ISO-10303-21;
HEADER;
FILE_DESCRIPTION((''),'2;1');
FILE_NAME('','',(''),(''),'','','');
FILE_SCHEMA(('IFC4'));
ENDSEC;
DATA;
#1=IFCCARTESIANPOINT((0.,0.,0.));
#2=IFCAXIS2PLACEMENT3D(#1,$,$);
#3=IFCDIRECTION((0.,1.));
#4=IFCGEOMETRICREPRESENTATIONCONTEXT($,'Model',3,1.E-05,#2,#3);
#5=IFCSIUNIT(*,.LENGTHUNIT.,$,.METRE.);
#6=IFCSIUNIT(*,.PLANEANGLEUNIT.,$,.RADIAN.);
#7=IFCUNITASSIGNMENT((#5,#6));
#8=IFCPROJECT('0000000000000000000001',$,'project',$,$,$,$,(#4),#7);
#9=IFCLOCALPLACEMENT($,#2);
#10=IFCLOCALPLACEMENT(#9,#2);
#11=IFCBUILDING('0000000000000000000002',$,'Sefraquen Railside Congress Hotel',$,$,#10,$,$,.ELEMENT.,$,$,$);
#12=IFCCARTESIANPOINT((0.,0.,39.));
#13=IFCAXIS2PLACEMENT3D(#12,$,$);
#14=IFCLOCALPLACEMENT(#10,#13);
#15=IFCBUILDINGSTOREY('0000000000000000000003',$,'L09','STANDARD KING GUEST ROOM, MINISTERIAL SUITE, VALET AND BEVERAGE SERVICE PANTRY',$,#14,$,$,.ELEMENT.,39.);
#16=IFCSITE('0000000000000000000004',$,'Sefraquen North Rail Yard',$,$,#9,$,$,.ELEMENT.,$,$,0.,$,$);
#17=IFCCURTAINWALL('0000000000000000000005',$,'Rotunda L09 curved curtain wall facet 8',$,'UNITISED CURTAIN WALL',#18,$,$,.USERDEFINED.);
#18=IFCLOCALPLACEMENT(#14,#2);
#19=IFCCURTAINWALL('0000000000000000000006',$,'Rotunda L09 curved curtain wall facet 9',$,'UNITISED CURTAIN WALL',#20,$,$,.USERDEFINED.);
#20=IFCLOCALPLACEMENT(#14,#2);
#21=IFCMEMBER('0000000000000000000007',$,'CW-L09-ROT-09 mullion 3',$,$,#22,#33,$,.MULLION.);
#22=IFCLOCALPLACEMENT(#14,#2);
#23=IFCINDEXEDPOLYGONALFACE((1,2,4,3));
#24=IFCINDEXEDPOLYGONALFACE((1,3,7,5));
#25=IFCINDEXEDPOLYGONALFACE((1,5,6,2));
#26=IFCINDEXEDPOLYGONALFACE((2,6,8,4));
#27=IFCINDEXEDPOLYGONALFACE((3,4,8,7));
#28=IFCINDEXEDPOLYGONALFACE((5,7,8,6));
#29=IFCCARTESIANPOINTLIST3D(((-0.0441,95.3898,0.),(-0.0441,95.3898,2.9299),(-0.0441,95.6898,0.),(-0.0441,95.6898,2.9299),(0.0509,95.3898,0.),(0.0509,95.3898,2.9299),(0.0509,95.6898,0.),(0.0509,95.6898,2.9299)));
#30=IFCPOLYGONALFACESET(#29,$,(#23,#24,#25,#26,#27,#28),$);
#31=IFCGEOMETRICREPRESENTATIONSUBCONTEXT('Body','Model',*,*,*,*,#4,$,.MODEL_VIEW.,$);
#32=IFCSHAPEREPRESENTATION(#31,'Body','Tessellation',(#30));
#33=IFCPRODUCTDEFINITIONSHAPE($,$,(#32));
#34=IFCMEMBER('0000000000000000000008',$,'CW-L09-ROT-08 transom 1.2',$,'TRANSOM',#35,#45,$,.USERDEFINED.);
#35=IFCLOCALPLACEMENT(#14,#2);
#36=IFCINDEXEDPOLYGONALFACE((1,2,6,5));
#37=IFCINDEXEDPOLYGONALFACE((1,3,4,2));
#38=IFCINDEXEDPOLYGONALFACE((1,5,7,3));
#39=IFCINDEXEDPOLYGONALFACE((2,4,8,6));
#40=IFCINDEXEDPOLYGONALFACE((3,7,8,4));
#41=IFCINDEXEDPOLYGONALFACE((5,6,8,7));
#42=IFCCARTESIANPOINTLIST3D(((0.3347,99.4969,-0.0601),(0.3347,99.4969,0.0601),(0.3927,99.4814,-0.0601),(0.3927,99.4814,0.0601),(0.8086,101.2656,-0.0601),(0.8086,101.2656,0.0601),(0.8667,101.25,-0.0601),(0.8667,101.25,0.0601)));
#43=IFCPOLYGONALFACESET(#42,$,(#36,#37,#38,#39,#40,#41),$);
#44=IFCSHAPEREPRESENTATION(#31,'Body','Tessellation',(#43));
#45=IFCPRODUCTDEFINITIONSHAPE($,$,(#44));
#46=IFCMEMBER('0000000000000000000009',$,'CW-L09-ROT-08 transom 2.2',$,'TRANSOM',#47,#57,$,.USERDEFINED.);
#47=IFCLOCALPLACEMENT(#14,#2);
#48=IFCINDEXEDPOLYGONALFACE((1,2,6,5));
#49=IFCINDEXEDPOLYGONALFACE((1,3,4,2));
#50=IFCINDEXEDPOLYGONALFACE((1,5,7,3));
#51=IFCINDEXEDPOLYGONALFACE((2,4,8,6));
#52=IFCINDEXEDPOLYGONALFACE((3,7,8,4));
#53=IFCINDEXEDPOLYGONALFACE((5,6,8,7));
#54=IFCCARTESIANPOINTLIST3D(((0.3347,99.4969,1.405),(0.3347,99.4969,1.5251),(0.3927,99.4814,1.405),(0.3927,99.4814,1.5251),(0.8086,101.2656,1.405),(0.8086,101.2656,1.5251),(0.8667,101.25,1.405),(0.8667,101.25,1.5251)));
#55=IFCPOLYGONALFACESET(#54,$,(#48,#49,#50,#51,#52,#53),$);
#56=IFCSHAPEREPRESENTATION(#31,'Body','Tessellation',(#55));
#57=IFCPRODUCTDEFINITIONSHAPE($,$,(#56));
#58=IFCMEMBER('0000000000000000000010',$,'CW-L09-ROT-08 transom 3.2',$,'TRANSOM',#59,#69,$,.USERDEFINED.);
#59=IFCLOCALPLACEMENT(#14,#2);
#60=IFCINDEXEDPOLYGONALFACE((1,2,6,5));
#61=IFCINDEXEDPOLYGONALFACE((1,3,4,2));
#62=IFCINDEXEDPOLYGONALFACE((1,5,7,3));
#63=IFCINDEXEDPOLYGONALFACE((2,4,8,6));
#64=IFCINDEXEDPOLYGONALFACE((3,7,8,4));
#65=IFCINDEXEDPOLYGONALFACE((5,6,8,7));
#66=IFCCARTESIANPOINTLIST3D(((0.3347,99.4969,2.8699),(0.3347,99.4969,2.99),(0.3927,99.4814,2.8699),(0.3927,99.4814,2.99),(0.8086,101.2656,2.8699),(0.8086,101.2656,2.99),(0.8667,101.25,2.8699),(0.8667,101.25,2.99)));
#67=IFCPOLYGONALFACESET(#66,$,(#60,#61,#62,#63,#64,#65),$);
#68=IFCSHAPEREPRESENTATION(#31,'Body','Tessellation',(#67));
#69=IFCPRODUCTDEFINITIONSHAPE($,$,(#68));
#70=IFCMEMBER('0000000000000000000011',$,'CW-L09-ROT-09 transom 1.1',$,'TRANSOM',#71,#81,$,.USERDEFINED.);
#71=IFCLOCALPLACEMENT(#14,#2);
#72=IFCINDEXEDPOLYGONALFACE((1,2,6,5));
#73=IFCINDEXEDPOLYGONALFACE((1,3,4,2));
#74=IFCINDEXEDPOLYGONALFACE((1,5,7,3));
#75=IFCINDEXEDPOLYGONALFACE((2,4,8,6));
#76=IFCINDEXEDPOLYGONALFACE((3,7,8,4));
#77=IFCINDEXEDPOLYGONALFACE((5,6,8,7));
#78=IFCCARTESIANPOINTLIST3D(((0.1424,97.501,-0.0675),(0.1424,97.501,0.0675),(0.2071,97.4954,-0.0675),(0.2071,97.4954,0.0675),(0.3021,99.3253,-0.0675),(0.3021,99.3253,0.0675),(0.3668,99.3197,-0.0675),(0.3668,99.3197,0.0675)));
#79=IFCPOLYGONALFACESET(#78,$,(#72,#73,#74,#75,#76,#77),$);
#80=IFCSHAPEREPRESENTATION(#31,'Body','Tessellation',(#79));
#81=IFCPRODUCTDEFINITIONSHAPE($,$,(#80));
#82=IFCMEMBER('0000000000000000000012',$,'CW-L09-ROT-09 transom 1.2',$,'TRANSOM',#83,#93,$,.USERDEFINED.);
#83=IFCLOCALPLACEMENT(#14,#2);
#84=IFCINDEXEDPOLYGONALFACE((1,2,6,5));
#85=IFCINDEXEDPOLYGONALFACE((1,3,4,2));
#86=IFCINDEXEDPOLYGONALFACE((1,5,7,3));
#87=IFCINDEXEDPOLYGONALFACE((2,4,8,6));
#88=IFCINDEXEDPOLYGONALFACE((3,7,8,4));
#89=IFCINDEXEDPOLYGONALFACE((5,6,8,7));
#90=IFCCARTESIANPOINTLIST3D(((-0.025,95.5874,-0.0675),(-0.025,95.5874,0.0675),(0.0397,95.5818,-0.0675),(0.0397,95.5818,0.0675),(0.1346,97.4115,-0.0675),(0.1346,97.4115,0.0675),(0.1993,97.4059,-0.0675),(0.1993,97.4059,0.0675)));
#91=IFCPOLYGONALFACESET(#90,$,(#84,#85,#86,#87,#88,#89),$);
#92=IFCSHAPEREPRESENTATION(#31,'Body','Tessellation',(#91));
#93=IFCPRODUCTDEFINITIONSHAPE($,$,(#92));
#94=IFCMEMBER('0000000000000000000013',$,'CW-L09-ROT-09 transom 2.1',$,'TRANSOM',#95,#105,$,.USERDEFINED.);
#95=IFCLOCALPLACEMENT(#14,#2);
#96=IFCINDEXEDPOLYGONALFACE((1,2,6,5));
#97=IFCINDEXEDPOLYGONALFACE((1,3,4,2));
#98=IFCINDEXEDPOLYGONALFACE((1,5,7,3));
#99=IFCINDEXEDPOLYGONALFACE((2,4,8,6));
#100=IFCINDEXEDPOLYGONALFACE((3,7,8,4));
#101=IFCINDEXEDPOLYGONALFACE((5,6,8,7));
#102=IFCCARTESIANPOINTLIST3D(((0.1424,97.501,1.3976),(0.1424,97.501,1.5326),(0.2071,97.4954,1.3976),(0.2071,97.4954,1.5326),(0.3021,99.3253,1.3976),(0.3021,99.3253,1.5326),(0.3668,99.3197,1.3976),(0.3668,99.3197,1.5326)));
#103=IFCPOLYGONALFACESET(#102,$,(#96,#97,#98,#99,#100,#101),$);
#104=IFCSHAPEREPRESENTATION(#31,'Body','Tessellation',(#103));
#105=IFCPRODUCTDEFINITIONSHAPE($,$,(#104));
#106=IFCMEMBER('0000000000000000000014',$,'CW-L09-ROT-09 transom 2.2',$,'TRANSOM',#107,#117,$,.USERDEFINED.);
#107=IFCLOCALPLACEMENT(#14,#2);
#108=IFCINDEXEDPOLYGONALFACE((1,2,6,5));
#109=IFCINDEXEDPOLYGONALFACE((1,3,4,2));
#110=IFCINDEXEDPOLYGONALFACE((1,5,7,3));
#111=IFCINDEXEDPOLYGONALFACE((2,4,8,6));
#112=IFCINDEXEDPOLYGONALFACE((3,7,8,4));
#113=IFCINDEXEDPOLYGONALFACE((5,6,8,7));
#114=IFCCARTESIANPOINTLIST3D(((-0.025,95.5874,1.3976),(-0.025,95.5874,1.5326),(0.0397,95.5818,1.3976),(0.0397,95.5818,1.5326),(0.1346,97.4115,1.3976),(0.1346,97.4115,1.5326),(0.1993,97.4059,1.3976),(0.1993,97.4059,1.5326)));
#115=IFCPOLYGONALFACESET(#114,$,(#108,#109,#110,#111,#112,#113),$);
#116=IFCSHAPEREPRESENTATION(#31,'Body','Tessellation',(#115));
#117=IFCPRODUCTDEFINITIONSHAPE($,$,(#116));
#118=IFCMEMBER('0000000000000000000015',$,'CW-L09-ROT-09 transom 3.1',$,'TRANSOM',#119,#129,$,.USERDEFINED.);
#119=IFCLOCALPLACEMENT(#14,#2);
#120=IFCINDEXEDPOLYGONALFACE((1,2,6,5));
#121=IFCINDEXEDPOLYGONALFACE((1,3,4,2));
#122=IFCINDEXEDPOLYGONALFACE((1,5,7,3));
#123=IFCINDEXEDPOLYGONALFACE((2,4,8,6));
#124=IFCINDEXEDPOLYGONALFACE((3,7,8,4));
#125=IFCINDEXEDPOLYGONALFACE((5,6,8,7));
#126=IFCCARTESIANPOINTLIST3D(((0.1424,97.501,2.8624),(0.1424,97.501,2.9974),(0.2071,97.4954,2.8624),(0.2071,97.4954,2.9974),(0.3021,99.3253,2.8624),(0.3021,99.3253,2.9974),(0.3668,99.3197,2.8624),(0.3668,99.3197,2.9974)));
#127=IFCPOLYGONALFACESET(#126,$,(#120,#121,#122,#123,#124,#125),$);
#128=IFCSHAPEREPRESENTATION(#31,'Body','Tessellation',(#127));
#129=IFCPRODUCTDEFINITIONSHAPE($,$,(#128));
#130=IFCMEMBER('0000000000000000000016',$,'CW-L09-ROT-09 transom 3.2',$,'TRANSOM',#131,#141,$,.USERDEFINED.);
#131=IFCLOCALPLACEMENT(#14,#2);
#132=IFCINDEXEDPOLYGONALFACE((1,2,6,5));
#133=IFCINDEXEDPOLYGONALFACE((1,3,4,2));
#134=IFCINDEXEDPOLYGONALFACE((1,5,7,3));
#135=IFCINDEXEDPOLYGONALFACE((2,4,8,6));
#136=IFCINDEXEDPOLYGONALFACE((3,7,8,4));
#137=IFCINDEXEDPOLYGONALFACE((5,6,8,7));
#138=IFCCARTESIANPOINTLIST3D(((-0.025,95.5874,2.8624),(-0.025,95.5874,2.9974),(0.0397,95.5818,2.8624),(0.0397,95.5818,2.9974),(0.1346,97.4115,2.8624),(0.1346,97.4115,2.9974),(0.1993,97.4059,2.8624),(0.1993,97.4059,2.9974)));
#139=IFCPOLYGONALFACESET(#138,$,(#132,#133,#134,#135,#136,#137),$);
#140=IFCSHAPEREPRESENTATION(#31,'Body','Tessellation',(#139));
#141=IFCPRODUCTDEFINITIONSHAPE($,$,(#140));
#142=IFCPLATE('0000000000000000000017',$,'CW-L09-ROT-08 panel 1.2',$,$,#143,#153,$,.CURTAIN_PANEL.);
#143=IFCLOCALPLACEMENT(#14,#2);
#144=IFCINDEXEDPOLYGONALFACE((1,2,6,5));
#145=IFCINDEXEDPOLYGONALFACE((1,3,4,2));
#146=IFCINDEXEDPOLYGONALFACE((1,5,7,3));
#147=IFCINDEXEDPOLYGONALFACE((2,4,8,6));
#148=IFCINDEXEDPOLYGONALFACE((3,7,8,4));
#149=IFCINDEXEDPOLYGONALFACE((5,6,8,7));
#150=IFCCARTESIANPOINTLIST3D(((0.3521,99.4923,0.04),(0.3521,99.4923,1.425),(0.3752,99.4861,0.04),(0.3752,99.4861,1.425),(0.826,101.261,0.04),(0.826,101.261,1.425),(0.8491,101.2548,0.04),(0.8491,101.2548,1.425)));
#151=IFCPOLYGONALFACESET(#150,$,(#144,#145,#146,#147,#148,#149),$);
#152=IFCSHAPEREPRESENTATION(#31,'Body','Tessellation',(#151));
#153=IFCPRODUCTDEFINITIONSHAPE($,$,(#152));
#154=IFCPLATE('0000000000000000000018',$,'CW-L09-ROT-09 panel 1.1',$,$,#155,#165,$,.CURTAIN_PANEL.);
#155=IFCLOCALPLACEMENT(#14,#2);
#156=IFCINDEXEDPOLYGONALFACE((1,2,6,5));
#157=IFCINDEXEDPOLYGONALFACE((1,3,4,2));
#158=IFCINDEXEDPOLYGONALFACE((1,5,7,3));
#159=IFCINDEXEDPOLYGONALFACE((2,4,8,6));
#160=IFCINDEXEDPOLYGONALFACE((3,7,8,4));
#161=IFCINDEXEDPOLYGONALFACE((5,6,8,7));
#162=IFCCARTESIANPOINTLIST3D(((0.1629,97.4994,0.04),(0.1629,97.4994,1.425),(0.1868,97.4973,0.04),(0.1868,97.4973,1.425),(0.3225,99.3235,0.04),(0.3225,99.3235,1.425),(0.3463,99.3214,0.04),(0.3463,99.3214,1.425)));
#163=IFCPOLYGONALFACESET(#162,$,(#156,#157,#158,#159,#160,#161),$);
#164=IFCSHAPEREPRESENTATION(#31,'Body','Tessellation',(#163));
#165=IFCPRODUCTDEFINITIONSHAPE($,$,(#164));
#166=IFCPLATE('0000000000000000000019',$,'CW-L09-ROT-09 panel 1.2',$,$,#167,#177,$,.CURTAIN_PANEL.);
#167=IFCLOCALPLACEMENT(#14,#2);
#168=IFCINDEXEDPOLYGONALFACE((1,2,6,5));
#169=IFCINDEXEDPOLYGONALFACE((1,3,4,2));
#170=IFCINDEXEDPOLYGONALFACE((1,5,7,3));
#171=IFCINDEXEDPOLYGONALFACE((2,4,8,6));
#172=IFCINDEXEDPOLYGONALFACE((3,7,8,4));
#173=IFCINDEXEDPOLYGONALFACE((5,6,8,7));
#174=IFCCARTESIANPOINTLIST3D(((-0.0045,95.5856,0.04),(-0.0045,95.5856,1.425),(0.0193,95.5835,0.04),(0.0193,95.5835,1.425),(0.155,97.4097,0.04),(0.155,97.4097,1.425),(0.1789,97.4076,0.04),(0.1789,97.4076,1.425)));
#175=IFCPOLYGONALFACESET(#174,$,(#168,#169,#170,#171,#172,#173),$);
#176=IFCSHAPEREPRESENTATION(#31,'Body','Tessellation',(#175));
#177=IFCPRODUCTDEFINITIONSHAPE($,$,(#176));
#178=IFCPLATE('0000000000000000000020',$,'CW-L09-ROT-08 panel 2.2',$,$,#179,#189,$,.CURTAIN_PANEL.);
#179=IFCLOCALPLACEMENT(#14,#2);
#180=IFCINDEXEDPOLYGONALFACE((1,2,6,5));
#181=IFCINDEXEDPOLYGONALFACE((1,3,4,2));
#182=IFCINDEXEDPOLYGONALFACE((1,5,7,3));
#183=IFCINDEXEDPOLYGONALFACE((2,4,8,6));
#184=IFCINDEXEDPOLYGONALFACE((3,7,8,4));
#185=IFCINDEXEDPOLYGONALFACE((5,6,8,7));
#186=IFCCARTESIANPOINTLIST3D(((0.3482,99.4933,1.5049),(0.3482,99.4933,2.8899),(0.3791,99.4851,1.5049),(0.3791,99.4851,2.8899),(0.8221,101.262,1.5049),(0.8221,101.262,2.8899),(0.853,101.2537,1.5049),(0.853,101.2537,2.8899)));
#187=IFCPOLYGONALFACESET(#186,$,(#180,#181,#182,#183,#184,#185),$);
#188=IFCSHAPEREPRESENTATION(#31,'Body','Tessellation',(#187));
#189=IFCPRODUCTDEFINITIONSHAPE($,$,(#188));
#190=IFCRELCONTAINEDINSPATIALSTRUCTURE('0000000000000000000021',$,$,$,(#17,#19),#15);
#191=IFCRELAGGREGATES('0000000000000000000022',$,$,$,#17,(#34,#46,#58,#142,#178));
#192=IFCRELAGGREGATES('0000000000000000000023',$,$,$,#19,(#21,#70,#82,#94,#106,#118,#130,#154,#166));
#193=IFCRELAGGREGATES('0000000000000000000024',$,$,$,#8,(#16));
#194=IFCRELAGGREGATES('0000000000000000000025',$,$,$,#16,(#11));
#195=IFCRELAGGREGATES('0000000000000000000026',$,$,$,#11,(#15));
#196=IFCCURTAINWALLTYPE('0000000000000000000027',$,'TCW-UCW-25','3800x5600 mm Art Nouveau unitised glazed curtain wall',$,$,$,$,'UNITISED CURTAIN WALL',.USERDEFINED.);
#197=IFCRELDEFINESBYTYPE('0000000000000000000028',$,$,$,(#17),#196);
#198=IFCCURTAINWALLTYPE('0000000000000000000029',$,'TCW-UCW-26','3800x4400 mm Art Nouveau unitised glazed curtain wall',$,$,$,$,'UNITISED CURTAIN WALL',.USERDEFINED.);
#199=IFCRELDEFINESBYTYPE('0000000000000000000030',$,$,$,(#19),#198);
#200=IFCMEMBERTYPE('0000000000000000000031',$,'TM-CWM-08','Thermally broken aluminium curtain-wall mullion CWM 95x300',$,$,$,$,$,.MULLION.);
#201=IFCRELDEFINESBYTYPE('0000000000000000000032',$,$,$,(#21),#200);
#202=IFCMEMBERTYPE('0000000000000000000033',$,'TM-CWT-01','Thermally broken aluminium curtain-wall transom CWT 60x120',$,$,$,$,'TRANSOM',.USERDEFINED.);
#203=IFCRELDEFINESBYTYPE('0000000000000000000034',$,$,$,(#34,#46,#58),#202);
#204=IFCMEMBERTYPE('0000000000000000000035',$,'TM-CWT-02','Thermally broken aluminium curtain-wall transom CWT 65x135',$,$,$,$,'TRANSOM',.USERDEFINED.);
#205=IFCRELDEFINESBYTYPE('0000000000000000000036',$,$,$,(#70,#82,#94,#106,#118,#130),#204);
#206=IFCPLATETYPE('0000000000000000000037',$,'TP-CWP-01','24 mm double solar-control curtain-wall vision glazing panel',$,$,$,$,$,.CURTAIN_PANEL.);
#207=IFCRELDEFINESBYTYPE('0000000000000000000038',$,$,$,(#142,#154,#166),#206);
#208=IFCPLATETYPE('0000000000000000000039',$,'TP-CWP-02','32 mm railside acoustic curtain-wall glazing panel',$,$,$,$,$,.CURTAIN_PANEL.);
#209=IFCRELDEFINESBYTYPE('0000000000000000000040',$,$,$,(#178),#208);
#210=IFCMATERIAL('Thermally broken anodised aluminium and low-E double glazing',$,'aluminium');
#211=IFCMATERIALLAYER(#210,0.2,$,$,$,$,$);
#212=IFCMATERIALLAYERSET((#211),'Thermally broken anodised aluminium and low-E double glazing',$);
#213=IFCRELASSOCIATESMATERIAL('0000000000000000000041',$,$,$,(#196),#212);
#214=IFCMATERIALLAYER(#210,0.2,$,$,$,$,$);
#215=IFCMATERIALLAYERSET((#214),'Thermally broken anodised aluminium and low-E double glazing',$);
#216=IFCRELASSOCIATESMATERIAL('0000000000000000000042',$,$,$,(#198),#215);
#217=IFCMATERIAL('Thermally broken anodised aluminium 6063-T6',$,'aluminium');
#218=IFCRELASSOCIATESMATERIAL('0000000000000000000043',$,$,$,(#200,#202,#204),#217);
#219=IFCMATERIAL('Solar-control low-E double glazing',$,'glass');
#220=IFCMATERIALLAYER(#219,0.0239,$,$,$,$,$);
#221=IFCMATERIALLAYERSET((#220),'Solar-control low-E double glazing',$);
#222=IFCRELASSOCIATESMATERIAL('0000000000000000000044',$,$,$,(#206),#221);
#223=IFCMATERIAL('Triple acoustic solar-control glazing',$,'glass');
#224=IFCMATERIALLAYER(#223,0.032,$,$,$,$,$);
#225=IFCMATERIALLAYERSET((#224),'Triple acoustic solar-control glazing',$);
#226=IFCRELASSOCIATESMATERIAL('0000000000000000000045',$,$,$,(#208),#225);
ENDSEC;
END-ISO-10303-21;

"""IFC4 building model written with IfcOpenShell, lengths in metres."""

from ifc_helpers import new_model, si_unit, direction, frame, origin, origin_2d, place, context, subcontext, project, spatial, rectangle, extrude, material, layer, layer_set, material_profile, profile_set, type_object, element, aggregate, save


model = new_model("IFC4")

# Units and contexts
model_context = context("Model", 3, precision=1e-05, world=origin(), true_north=direction((0.0, 1.0)))
body_context = subcontext(model_context, "Body", "Model", "MODEL_VIEW")
ifc_project = project(units=[si_unit("LENGTHUNIT", "METRE"), si_unit("PLANEANGLEUNIT", "RADIAN")], contexts=[model_context])

# Site, building, storey
site_placement = place(None, origin())
site = spatial("IfcSite", under=ifc_project, at=site_placement, Name="Sefraquen North Rail Yard", CompositionType="ELEMENT", RefElevation=0.0)
building_placement = place(site_placement, origin())
building = spatial("IfcBuilding", under=site, at=building_placement, Name="Sefraquen Railside Congress Hotel", CompositionType="ELEMENT")
storey_placement = place(building_placement, frame((0.0, 0.0, 39.0)))
storey = spatial("IfcBuildingStorey", under=building, at=storey_placement, Name="L09", Description="STANDARD KING GUEST ROOM, MINISTERIAL SUITE, VALET AND BEVERAGE SERVICE PANTRY", CompositionType="ELEMENT", Elevation=39.0)

# Curtain walls
ifc_material_1 = material(Name="Thermally broken anodised aluminium and low-E double glazing", Category="aluminium")
ifc_layer_1 = layer(ifc_material_1, 0.2)
ifc_layer_set_1 = layer_set([ifc_layer_1], Name="Thermally broken anodised aluminium and low-E double glazing")
curtain_wall_type_1 = type_object("IfcCurtainWallType", Name="TCW-UCW-25", Description="3800x5600 mm Art Nouveau unitised glazed curtain wall", ElementType="UNITISED CURTAIN WALL", PredefinedType="USERDEFINED", material=ifc_layer_set_1)
curtain_wall_1_placement = place(storey_placement, origin())
curtain_wall_1 = element("IfcCurtainWall", 1, at=curtain_wall_1_placement, inside=storey, type_object=curtain_wall_type_1, Name="Rotunda L09 curved curtain wall facet 8", ObjectType="UNITISED CURTAIN WALL", PredefinedType="USERDEFINED")
ifc_material_2 = material(Name="Thermally broken anodised aluminium 6063-T6", Category="aluminium")
ifc_layer_2 = layer(ifc_material_1, 0.2)
ifc_layer_set_2 = layer_set([ifc_layer_2], Name="Thermally broken anodised aluminium and low-E double glazing")
curtain_wall_type_2 = type_object("IfcCurtainWallType", Name="TCW-UCW-26", Description="3800x4400 mm Art Nouveau unitised glazed curtain wall", ElementType="UNITISED CURTAIN WALL", PredefinedType="USERDEFINED", material=ifc_layer_set_2)
curtain_wall_2_placement = place(storey_placement, origin())
curtain_wall_2 = element("IfcCurtainWall", 2, at=curtain_wall_2_placement, inside=storey, type_object=curtain_wall_type_2, Name="Rotunda L09 curved curtain wall facet 9", ObjectType="UNITISED CURTAIN WALL", PredefinedType="USERDEFINED")

# Members
ifc_material_profile_1 = material_profile(ifc_material_2, rectangle(XDim=0.095, YDim=0.3, at=origin_2d()), Name="CWM 95x300")
ifc_profile_set_1 = profile_set([ifc_material_profile_1], Name="Thermally broken anodised aluminium 6063-T6")
member_type_1 = type_object("IfcMemberType", Name="TM-CWM-08", Description="Thermally broken aluminium curtain-wall mullion CWM 95x300", PredefinedType="MULLION", material=ifc_profile_set_1)
member_1_placement = place(storey_placement, frame((0.0034, 95.5398, 0.0), z_axis=(0.0, 0.0, 1.0), x_axis=(1.0, 0.0, 0.0)))
member_1 = element("IfcMember", 3, at=member_1_placement, type_object=member_type_1, Name="CW-L09-ROT-09 mullion 3", PredefinedType="MULLION", context=body_context, shape_type="SweptSolid", body=[
    extrude(rectangle(XDim=0.095, YDim=0.3, at=origin_2d()), origin(), (0.0, 0.0, 1.0), 2.9299),
])
ifc_material_profile_2 = material_profile(ifc_material_2, rectangle(XDim=0.0601, YDim=0.1201, at=origin_2d()), Name="CWT 60x120")
ifc_profile_set_2 = profile_set([ifc_material_profile_2], Name="Thermally broken anodised aluminium 6063-T6")
member_type_2 = type_object("IfcMemberType", Name="TM-CWT-01", Description="Thermally broken aluminium curtain-wall transom CWT 60x120", ElementType="TRANSOM", PredefinedType="USERDEFINED", material=ifc_profile_set_2)
member_2_placement = place(storey_placement, frame((0.8376, 101.2578, 0.0), z_axis=(-0.258816, -0.965927, 0.0), x_axis=(0.965927, -0.258816, 0.0)))
member_2 = element("IfcMember", 4, at=member_2_placement, type_object=member_type_2, Name="CW-L09-ROT-08 transom 1.2", ObjectType="TRANSOM", PredefinedType="USERDEFINED", context=body_context, shape_type="SweptSolid", body=[
    extrude(rectangle(XDim=0.0601, YDim=0.1201, at=origin_2d()), origin(), (0.0, 0.0, 1.0), 1.8311),
])
member_3_placement = place(storey_placement, frame((0.8376, 101.2578, 1.4651), z_axis=(-0.258816, -0.965927, 0.0), x_axis=(0.965927, -0.258816, 0.0)))
member_3 = element("IfcMember", 5, at=member_3_placement, type_object=member_type_2, Name="CW-L09-ROT-08 transom 2.2", ObjectType="TRANSOM", PredefinedType="USERDEFINED", context=body_context, shape_type="SweptSolid", body=[
    extrude(rectangle(XDim=0.0601, YDim=0.1201, at=origin_2d()), origin(), (0.0, 0.0, 1.0), 1.8311),
])
member_4_placement = place(storey_placement, frame((0.8376, 101.2578, 2.9299), z_axis=(-0.258816, -0.965927, 0.0), x_axis=(0.965927, -0.258816, 0.0)))
member_4 = element("IfcMember", 6, at=member_4_placement, type_object=member_type_2, Name="CW-L09-ROT-08 transom 3.2", ObjectType="TRANSOM", PredefinedType="USERDEFINED", context=body_context, shape_type="SweptSolid", body=[
    extrude(rectangle(XDim=0.0601, YDim=0.1201, at=origin_2d()), origin(), (0.0, 0.0, 1.0), 1.8311),
])
ifc_material_profile_3 = material_profile(ifc_material_2, rectangle(XDim=0.0649, YDim=0.135, at=origin_2d()), Name="CWT 65x135")
ifc_profile_set_3 = profile_set([ifc_material_profile_3], Name="Thermally broken anodised aluminium 6063-T6")
member_type_3 = type_object("IfcMemberType", Name="TM-CWT-02", Description="Thermally broken aluminium curtain-wall transom CWT 65x135", ElementType="TRANSOM", PredefinedType="USERDEFINED", material=ifc_profile_set_3)
member_5_placement = place(storey_placement, frame((0.3345, 99.3225, 0.0), z_axis=(-0.087193, -0.996191, 0.0), x_axis=(0.996191, -0.087193, 0.0)))
member_5 = element("IfcMember", 7, at=member_5_placement, type_object=member_type_3, Name="CW-L09-ROT-09 transom 1.1", ObjectType="TRANSOM", PredefinedType="USERDEFINED", context=body_context, shape_type="SweptSolid", body=[
    extrude(rectangle(XDim=0.0649, YDim=0.135, at=origin_2d()), origin(), (0.0, 0.0, 1.0), 1.8313),
])
member_6_placement = place(storey_placement, frame((0.167, 97.4087, 0.0), z_axis=(-0.087205, -0.99619, 0.0), x_axis=(0.99619, -0.087205, 0.0)))
member_6 = element("IfcMember", 8, at=member_6_placement, type_object=member_type_3, Name="CW-L09-ROT-09 transom 1.2", ObjectType="TRANSOM", PredefinedType="USERDEFINED", context=body_context, shape_type="SweptSolid", body=[
    extrude(rectangle(XDim=0.0649, YDim=0.135, at=origin_2d()), origin(), (0.0, 0.0, 1.0), 1.8311),
])
member_7_placement = place(storey_placement, frame((0.3345, 99.3225, 1.4651), z_axis=(-0.087193, -0.996191, 0.0), x_axis=(0.996191, -0.087193, 0.0)))
member_7 = element("IfcMember", 9, at=member_7_placement, type_object=member_type_3, Name="CW-L09-ROT-09 transom 2.1", ObjectType="TRANSOM", PredefinedType="USERDEFINED", context=body_context, shape_type="SweptSolid", body=[
    extrude(rectangle(XDim=0.0649, YDim=0.135, at=origin_2d()), origin(), (0.0, 0.0, 1.0), 1.8313),
])
member_8_placement = place(storey_placement, frame((0.167, 97.4087, 1.4651), z_axis=(-0.087205, -0.99619, 0.0), x_axis=(0.99619, -0.087205, 0.0)))
member_8 = element("IfcMember", 10, at=member_8_placement, type_object=member_type_3, Name="CW-L09-ROT-09 transom 2.2", ObjectType="TRANSOM", PredefinedType="USERDEFINED", context=body_context, shape_type="SweptSolid", body=[
    extrude(rectangle(XDim=0.0649, YDim=0.135, at=origin_2d()), origin(), (0.0, 0.0, 1.0), 1.8311),
])
member_9_placement = place(storey_placement, frame((0.3345, 99.3225, 2.9299), z_axis=(-0.087193, -0.996191, 0.0), x_axis=(0.996191, -0.087193, 0.0)))
member_9 = element("IfcMember", 11, at=member_9_placement, type_object=member_type_3, Name="CW-L09-ROT-09 transom 3.1", ObjectType="TRANSOM", PredefinedType="USERDEFINED", context=body_context, shape_type="SweptSolid", body=[
    extrude(rectangle(XDim=0.0649, YDim=0.135, at=origin_2d()), origin(), (0.0, 0.0, 1.0), 1.8313),
])
member_10_placement = place(storey_placement, frame((0.167, 97.4087, 2.9299), z_axis=(-0.087205, -0.99619, 0.0), x_axis=(0.99619, -0.087205, 0.0)))
member_10 = element("IfcMember", 12, at=member_10_placement, type_object=member_type_3, Name="CW-L09-ROT-09 transom 3.2", ObjectType="TRANSOM", PredefinedType="USERDEFINED", context=body_context, shape_type="SweptSolid", body=[
    extrude(rectangle(XDim=0.0649, YDim=0.135, at=origin_2d()), origin(), (0.0, 0.0, 1.0), 1.8311),
])

# Plates
ifc_material_3 = material(Name="Solar-control low-E double glazing", Category="glass")
ifc_layer_3 = layer(ifc_material_3, 0.0239)
ifc_layer_set_3 = layer_set([ifc_layer_3], Name="Solar-control low-E double glazing")
plate_type_1 = type_object("IfcPlateType", Name="TP-CWP-01", Description="24 mm double solar-control curtain-wall vision glazing panel", PredefinedType="CURTAIN_PANEL", material=ifc_layer_set_3)
plate_1_placement = place(storey_placement, frame((0.6006, 100.3735, 0.04), z_axis=(0.0, 0.0, 1.0), x_axis=(-0.258785, -0.965935, 0.0)))
plate_1 = element("IfcPlate", 13, at=plate_1_placement, type_object=plate_type_1, Name="CW-L09-ROT-08 panel 1.2", PredefinedType="CURTAIN_PANEL", context=body_context, shape_type="SweptSolid", body=[
    extrude(rectangle(XDim=1.8311, YDim=0.0239, at=origin_2d()), origin(), (0.0, 0.0, 1.0), 1.385),
])
plate_2_placement = place(storey_placement, frame((0.2546, 98.4104, 0.04), z_axis=(0.0, 0.0, 1.0), x_axis=(-0.087138, -0.996196, 0.0)))
plate_2 = element("IfcPlate", 14, at=plate_2_placement, type_object=plate_type_1, Name="CW-L09-ROT-09 panel 1.1", PredefinedType="CURTAIN_PANEL", context=body_context, shape_type="SweptSolid", body=[
    extrude(rectangle(XDim=1.8311, YDim=0.0239, at=origin_2d()), origin(), (0.0, 0.0, 1.0), 1.385),
])
plate_3_placement = place(storey_placement, frame((0.0872, 96.4966, 0.04), z_axis=(0.0, 0.0, 1.0), x_axis=(-0.087138, -0.996196, 0.0)))
plate_3 = element("IfcPlate", 15, at=plate_3_placement, type_object=plate_type_1, Name="CW-L09-ROT-09 panel 1.2", PredefinedType="CURTAIN_PANEL", context=body_context, shape_type="SweptSolid", body=[
    extrude(rectangle(XDim=1.8311, YDim=0.0239, at=origin_2d()), origin(), (0.0, 0.0, 1.0), 1.385),
])
ifc_material_4 = material(Name="Triple acoustic solar-control glazing", Category="glass")
ifc_layer_4 = layer(ifc_material_4, 0.032)
ifc_layer_set_4 = layer_set([ifc_layer_4], Name="Triple acoustic solar-control glazing")
plate_type_2 = type_object("IfcPlateType", Name="TP-CWP-02", Description="32 mm railside acoustic curtain-wall glazing panel", PredefinedType="CURTAIN_PANEL", material=ifc_layer_set_4)
plate_4_placement = place(storey_placement, frame((0.6006, 100.3735, 1.5049), z_axis=(0.0, 0.0, 1.0), x_axis=(-0.258785, -0.965935, 0.0)))
plate_4 = element("IfcPlate", 16, at=plate_4_placement, type_object=plate_type_2, Name="CW-L09-ROT-08 panel 2.2", PredefinedType="CURTAIN_PANEL", context=body_context, shape_type="SweptSolid", body=[
    extrude(rectangle(XDim=1.8311, YDim=0.032, at=origin_2d()), origin(), (0.0, 0.0, 1.0), 1.385),
])
aggregate(curtain_wall_1, [member_2, member_3, member_4, plate_1, plate_4])
aggregate(curtain_wall_2, [member_1, member_5, member_6, member_7, member_8, member_9, member_10, plate_2, plate_3])

save(model, "model.ifc")
